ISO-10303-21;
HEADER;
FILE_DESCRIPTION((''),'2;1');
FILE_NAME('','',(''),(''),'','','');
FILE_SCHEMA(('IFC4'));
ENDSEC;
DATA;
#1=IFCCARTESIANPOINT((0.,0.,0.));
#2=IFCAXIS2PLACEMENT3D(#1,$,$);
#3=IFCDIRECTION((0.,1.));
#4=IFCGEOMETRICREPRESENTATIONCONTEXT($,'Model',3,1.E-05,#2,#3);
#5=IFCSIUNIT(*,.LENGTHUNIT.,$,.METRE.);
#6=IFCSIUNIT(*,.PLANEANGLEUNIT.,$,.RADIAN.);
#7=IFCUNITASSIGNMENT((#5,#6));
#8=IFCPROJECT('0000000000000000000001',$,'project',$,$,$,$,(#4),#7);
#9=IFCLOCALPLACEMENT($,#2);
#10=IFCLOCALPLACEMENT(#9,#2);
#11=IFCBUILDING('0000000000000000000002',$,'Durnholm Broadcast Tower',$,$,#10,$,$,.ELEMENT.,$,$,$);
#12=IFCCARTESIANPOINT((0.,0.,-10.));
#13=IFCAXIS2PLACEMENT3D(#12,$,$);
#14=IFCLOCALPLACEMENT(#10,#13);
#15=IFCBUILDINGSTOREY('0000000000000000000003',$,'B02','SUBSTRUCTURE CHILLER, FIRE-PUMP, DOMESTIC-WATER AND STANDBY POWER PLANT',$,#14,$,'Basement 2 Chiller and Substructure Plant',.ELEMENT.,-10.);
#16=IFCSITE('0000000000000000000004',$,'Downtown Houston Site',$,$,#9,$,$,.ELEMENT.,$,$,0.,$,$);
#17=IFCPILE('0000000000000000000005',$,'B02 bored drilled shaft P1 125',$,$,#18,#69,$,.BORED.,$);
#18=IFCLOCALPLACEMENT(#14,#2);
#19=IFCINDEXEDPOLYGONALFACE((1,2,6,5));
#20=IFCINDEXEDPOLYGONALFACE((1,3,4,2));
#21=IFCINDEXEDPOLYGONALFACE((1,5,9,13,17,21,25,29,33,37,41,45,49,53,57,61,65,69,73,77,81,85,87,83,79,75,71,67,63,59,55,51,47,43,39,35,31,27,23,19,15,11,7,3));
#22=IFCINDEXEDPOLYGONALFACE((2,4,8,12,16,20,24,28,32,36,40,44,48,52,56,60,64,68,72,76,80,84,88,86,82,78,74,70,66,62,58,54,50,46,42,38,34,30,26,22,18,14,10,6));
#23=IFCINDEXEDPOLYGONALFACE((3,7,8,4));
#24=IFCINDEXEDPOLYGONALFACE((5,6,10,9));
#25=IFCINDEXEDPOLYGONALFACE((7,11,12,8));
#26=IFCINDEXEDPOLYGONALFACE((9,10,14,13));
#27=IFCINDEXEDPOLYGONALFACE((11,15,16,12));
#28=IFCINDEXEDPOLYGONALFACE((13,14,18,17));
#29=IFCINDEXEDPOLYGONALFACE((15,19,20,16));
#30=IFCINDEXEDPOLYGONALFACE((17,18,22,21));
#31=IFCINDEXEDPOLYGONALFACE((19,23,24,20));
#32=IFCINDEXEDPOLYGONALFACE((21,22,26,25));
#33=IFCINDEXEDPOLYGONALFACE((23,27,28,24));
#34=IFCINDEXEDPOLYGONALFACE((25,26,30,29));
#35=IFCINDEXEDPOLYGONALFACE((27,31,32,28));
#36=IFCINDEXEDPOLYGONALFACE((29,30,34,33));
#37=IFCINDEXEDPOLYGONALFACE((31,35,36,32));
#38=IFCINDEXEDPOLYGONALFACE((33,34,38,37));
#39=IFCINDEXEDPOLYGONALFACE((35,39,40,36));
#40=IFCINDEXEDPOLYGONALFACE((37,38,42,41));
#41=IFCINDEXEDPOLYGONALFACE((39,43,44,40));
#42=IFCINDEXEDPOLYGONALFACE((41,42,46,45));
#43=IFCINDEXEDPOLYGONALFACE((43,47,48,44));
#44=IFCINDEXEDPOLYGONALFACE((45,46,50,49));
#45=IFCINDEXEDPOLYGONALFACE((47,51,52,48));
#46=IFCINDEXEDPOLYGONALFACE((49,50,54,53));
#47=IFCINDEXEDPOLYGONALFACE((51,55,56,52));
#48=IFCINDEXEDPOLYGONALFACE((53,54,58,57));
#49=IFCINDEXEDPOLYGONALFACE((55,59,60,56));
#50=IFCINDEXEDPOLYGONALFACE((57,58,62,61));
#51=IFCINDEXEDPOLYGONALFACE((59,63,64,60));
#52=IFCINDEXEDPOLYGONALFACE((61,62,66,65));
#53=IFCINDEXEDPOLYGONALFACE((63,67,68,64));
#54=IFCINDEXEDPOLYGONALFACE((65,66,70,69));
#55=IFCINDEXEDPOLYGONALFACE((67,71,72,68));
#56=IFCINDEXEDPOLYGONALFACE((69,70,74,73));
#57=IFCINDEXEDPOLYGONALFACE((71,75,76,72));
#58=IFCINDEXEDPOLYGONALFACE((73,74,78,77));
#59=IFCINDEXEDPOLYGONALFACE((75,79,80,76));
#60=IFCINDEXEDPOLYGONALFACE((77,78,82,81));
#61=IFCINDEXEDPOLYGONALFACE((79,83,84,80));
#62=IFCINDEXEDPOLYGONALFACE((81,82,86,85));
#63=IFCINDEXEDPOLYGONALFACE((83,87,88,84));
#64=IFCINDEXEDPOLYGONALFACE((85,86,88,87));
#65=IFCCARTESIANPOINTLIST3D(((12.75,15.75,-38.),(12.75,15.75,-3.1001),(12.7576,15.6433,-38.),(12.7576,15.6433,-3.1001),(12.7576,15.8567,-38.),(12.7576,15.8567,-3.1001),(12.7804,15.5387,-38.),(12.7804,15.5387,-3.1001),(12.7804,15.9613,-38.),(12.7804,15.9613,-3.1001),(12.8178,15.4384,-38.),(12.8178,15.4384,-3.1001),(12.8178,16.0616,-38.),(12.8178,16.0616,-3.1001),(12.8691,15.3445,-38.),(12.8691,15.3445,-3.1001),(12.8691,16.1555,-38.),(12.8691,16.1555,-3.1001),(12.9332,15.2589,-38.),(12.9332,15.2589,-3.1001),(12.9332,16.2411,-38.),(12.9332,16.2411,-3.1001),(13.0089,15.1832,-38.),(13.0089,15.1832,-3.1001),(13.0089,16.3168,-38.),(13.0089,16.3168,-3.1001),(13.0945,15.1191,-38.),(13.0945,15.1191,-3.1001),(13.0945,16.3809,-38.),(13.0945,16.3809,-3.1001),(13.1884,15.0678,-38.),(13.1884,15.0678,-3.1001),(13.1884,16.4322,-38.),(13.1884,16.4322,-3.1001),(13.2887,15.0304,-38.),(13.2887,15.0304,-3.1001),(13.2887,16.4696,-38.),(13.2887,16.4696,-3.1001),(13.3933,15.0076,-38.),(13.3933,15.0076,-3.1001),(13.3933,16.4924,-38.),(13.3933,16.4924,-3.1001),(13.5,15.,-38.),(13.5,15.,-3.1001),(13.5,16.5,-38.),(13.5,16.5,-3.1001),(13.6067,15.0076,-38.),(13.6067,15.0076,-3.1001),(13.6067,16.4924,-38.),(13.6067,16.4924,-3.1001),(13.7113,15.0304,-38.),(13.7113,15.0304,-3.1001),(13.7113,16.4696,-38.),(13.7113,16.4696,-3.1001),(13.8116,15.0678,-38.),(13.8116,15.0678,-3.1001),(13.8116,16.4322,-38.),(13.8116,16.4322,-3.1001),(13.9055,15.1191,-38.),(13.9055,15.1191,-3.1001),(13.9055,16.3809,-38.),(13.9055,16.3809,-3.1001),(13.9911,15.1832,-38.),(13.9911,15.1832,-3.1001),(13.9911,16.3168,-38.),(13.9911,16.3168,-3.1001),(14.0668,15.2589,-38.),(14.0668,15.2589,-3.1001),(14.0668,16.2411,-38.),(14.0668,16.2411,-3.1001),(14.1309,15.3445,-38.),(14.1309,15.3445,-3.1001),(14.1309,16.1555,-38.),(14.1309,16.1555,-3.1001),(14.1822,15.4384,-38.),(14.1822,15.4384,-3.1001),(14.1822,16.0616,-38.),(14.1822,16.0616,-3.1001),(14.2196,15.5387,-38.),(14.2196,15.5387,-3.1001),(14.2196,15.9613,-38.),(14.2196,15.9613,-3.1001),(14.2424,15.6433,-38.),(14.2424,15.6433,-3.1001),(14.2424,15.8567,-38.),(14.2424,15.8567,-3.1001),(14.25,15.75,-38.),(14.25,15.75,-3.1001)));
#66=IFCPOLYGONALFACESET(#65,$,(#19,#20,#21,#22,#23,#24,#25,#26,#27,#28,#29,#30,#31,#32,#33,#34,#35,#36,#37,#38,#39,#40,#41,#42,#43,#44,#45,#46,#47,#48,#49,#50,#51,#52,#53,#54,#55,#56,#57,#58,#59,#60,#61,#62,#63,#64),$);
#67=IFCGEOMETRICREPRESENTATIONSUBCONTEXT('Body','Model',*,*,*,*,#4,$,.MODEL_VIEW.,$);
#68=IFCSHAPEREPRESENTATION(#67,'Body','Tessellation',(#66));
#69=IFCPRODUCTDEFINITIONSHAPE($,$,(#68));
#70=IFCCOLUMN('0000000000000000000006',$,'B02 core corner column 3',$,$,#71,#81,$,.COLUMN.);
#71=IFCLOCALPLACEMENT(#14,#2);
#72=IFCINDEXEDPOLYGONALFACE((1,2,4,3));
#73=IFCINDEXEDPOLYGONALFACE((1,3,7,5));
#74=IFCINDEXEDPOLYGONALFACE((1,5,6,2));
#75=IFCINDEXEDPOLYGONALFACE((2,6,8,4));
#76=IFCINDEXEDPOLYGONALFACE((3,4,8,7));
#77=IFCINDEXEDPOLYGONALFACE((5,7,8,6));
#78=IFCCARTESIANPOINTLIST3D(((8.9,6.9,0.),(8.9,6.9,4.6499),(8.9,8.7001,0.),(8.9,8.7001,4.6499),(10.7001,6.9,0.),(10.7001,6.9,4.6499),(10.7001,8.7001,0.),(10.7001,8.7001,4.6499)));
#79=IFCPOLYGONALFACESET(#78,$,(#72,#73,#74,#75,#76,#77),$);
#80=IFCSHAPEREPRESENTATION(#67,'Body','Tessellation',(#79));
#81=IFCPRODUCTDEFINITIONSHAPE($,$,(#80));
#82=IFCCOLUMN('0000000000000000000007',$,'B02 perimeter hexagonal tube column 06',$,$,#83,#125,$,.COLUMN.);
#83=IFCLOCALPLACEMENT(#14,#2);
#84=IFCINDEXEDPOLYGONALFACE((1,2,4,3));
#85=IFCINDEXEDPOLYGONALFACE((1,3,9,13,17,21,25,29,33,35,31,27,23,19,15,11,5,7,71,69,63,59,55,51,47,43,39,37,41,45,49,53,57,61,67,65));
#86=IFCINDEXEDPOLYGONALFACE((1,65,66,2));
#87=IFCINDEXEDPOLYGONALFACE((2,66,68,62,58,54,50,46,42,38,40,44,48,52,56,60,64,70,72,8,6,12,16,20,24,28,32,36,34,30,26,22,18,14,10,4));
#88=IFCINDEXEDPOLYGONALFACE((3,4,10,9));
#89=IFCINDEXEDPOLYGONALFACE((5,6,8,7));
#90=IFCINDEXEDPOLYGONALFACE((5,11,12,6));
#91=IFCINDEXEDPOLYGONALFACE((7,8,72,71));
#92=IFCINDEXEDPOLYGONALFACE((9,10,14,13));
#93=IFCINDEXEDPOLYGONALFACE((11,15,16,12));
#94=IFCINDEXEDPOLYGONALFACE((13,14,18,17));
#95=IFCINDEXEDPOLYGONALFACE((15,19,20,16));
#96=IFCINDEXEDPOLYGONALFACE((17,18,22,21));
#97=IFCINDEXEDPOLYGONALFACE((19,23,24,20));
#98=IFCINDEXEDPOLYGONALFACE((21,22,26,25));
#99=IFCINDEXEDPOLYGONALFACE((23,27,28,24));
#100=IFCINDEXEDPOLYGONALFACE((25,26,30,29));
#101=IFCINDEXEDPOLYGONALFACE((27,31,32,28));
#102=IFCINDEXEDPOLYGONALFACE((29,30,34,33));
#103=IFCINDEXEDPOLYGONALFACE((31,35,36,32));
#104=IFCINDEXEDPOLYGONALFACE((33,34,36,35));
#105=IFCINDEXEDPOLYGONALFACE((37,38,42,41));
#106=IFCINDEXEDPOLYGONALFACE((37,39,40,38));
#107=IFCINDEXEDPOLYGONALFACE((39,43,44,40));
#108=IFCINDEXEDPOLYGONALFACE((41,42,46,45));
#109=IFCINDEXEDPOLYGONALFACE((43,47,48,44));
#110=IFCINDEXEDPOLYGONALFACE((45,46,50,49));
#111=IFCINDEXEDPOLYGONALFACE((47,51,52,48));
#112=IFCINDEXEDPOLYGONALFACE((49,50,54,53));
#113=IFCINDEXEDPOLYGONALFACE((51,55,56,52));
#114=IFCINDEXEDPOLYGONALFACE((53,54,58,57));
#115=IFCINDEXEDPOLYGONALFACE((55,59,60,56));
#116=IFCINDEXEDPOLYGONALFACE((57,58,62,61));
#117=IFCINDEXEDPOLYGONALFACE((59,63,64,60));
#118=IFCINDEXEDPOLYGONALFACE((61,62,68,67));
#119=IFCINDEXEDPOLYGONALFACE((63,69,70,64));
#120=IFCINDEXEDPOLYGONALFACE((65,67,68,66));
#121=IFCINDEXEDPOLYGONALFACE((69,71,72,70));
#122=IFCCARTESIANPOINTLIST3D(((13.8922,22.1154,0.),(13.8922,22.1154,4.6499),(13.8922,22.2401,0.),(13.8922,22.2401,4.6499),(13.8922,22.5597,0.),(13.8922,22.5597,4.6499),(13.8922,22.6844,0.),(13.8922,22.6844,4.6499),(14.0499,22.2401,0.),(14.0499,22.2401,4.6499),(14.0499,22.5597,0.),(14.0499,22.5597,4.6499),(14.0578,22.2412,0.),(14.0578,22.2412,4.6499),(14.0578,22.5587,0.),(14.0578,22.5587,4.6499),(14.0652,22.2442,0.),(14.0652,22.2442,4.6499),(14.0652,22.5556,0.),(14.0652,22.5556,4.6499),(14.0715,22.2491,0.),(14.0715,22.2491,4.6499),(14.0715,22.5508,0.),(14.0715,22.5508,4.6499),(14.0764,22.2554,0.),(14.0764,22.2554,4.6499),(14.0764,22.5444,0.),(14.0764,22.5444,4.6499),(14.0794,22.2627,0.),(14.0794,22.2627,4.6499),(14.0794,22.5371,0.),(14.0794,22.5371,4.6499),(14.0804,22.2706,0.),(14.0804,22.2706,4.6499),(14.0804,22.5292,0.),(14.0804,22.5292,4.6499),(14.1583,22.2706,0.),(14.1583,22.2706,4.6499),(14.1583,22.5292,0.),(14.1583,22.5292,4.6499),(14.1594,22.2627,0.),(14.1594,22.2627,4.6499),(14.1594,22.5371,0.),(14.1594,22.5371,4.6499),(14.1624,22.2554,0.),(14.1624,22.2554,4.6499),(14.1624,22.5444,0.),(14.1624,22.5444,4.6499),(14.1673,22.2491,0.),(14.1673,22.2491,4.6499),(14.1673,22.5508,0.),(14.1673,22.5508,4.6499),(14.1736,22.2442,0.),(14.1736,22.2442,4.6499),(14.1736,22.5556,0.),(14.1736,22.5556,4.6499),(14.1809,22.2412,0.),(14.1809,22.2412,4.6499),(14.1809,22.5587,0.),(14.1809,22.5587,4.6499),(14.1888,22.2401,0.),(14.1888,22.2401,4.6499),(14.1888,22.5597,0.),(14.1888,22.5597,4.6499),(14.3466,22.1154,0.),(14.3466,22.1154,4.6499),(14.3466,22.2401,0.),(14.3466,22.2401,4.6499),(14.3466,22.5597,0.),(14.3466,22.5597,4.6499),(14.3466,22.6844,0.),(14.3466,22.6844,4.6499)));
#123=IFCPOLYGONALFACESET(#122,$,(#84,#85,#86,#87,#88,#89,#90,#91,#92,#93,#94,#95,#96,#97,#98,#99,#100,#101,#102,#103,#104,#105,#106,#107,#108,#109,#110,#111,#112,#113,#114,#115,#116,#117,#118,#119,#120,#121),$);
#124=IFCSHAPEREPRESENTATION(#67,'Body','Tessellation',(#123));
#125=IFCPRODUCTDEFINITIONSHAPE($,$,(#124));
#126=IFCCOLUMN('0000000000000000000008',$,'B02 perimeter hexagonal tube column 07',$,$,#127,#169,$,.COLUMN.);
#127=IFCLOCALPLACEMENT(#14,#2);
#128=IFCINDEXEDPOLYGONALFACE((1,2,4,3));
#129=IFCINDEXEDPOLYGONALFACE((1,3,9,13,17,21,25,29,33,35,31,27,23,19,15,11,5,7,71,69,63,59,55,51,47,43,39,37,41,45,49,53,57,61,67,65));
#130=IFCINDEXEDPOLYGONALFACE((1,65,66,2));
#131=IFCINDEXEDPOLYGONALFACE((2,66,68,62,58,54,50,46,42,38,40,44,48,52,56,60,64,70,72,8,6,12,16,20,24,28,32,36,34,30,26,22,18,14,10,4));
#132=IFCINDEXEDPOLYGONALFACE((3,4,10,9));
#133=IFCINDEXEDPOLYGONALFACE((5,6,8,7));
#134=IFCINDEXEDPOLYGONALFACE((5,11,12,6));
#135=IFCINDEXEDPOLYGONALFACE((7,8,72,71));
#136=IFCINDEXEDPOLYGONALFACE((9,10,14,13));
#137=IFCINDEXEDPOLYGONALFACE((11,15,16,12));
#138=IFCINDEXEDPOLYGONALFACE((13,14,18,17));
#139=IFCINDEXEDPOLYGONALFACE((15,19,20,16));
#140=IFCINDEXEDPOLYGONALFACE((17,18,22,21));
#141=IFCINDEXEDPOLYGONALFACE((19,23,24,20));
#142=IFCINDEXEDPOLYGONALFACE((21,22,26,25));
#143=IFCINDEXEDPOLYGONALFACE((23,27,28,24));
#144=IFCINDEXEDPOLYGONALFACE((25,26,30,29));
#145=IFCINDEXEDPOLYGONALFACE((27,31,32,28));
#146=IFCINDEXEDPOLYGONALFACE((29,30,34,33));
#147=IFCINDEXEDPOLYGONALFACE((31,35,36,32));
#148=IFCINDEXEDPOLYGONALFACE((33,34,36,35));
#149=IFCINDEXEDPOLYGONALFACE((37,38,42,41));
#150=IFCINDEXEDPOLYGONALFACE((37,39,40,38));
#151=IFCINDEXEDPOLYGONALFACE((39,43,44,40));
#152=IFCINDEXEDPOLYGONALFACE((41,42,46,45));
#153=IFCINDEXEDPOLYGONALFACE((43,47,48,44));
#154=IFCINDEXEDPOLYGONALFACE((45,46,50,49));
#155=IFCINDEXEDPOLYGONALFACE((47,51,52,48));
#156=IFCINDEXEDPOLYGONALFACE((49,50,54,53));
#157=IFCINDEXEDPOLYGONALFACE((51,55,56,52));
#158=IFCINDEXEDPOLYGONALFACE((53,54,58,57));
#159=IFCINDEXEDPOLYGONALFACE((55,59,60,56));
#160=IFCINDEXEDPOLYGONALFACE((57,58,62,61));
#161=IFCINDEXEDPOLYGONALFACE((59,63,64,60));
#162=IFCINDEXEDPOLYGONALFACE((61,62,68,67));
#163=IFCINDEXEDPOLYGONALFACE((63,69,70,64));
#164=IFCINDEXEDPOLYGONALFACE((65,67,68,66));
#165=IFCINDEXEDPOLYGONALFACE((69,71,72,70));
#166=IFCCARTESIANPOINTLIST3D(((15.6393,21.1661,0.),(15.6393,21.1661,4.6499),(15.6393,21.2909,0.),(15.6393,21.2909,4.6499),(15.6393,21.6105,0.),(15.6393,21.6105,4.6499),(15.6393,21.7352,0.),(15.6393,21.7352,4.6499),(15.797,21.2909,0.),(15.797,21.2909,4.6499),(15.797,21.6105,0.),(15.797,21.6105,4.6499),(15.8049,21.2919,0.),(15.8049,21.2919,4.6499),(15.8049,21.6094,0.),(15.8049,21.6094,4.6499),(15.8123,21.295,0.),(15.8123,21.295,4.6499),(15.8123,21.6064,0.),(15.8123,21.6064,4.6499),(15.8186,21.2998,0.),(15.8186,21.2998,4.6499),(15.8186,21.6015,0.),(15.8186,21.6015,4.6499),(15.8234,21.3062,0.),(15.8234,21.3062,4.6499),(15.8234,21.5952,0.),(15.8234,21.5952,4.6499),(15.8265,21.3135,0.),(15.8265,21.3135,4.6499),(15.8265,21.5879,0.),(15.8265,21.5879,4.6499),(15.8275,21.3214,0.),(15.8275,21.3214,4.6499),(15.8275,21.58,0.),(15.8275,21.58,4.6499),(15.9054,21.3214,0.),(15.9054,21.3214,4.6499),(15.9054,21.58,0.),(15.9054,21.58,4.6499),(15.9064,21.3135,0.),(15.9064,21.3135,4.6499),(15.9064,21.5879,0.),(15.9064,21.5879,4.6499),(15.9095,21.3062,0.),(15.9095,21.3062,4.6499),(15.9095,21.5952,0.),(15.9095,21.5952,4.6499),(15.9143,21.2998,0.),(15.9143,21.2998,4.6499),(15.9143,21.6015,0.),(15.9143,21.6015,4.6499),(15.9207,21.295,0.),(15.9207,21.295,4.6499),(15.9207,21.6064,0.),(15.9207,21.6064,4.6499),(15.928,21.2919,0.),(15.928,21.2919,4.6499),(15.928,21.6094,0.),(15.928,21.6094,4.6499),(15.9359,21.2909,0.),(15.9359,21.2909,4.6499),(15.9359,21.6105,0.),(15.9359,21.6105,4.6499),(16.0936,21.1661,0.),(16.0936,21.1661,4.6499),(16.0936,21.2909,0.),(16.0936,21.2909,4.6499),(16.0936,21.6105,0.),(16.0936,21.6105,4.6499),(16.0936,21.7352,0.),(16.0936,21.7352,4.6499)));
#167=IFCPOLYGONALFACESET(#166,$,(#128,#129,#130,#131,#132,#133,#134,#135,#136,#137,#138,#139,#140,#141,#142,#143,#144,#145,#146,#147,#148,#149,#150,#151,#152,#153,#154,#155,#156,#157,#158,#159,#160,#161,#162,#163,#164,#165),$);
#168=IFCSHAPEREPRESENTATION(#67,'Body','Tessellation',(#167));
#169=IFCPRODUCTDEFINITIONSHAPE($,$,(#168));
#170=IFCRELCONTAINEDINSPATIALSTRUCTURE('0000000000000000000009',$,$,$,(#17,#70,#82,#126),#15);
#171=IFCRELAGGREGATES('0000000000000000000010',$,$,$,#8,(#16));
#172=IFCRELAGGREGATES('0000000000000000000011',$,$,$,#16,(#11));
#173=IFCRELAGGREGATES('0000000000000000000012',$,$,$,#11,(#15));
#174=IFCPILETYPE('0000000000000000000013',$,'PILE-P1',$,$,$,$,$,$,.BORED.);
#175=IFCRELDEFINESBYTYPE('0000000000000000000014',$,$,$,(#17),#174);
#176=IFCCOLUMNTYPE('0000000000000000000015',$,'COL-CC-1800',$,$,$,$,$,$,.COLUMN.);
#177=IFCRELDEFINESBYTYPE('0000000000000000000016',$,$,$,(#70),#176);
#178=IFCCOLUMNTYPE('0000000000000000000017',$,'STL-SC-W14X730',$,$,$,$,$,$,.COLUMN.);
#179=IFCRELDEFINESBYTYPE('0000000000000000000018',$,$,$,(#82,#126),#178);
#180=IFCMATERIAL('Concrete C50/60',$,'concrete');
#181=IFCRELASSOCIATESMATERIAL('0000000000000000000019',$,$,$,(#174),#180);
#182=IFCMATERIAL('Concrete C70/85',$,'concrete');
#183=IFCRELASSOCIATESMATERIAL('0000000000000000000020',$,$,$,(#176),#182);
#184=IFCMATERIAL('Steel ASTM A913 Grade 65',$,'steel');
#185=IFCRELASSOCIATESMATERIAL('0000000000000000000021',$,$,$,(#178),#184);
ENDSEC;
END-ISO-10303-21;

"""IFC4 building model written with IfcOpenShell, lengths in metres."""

from ifc_helpers import new_model, si_unit, direction, frame, origin, origin_2d, place, context, subcontext, project, spatial, rectangle, circle, i_section, extrude, source, transform, mapped, material, material_profile, profile_set, type_object, type_shapes, element, save


model = new_model("IFC4")

# Units and contexts
model_context = context("Model", 3, precision=1e-05, world=origin(), true_north=direction((0.0, 1.0)))
body_context = subcontext(model_context, "Body", "Model", "MODEL_VIEW")
ifc_project = project(units=[si_unit("LENGTHUNIT", "METRE"), si_unit("PLANEANGLEUNIT", "RADIAN")], contexts=[model_context])

# Site, building, storey
site_placement = place(None, origin())
site = spatial("IfcSite", under=ifc_project, at=site_placement, Name="Downtown Houston Site", CompositionType="ELEMENT", RefElevation=0.0)
building_placement = place(site_placement, origin())
building = spatial("IfcBuilding", under=site, at=building_placement, Name="Durnholm Broadcast Tower", CompositionType="ELEMENT")
storey_placement = place(building_placement, frame((0.0, 0.0, -10.0)))
storey = spatial("IfcBuildingStorey", under=building, at=storey_placement, Name="B02", Description="SUBSTRUCTURE CHILLER, FIRE-PUMP, DOMESTIC-WATER AND STANDBY POWER PLANT", LongName="Basement 2 Chiller and Substructure Plant", CompositionType="ELEMENT", Elevation=-10.0)

# Pile
ifc_material_1 = material(Name="Concrete C50/60", Category="concrete")
ifc_material_profile_1 = material_profile(ifc_material_1, circle(Radius=0.75, at=origin_2d()), Name="PILE1500")
ifc_profile_set_1 = profile_set([ifc_material_profile_1], Name="Concrete C50/60")
pile_type_1 = type_object("IfcPileType", Name="PILE-P1", PredefinedType="BORED", material=ifc_profile_set_1)
shared_shape_1 = source(origin(), body_context, "Body", "SweptSolid", [
    extrude(circle(Radius=0.75, at=origin_2d()), origin(), (0.0, 0.0, 1.0), 34.8999),
])
type_shapes(pile_type_1, [shared_shape_1])
for number, where, z_axis, x_axis, name in (
    (1, (13.5, 15.75, -3.1001), (0.0, 0.0, -1.0), (1.0, 0.0, 0.0), "B02 bored drilled shaft P1 125"),
):
    element("IfcPile", number, at=place(storey_placement, frame(where, z_axis=z_axis, x_axis=x_axis)), inside=storey, type_object=pile_type_1, Name=name, PredefinedType="BORED", context=body_context, shape_type="MappedRepresentation", body=[
        mapped(shared_shape_1, transform((0.0, 0.0, 0.0), x_axis=(1.0, 0.0, 0.0), y_axis=(0.0, 1.0, 0.0), z_axis=(0.0, 0.0, 1.0), scale=1.0)),
    ])

# Columns
ifc_material_2 = material(Name="Concrete C70/85", Category="concrete")
ifc_material_profile_2 = material_profile(ifc_material_2, rectangle(XDim=1.8, YDim=1.8, at=origin_2d()), Name="RC1800X1800")
ifc_profile_set_2 = profile_set([ifc_material_profile_2], Name="Concrete C70/85")
column_type_1 = type_object("IfcColumnType", Name="COL-CC-1800", PredefinedType="COLUMN", material=ifc_profile_set_2)
shared_shape_2 = source(origin(), body_context, "Body", "SweptSolid", [
    extrude(rectangle(XDim=1.8, YDim=1.8, at=origin_2d()), origin(), (0.0, 0.0, 1.0), 4.6499),
])
type_shapes(column_type_1, [shared_shape_2])
column_placement = place(storey_placement, frame((9.8, 7.8, 0.0), z_axis=(0.0, 0.0, 1.0), x_axis=(1.0, 0.0, 0.0)))
element("IfcColumn", 2, at=column_placement, inside=storey, type_object=column_type_1, Name="B02 core corner column 3", PredefinedType="COLUMN", context=body_context, shape_type="MappedRepresentation", body=[
    mapped(shared_shape_2, transform((0.0, 0.0, 0.0), x_axis=(1.0, 0.0, 0.0), y_axis=(0.0, 1.0, 0.0), z_axis=(0.0, 0.0, 1.0), scale=1.0)),
])
ifc_material_3 = material(Name="Steel ASTM A913 Grade 65", Category="steel")
ifc_material_profile_3 = material_profile(ifc_material_3, i_section(OverallWidth=0.4543, OverallDepth=0.5691, WebThickness=0.0779, FlangeThickness=0.1248, FilletRadius=0.0305, at=origin_2d()), Name="W14X730")
ifc_profile_set_3 = profile_set([ifc_material_profile_3], Name="Steel ASTM A913 Grade 65")
column_type_2 = type_object("IfcColumnType", Name="STL-SC-W14X730", PredefinedType="COLUMN", material=ifc_profile_set_3)
shared_shape_3 = source(origin(), body_context, "Body", "SweptSolid", [
    extrude(i_section(OverallWidth=0.4543, OverallDepth=0.5691, WebThickness=0.0779, FlangeThickness=0.1248, FilletRadius=0.0305, at=origin_2d()), origin(), (0.0, 0.0, 1.0), 4.6499),
])
type_shapes(column_type_2, [shared_shape_3])
for number, where, z_axis, x_axis, name in (
    (3, (14.1194, 22.3999, 0.0), (0.0, 0.0, 1.0), (1.0, 0.0, 0.0), "B02 perimeter hexagonal tube column 06"),
    (4, (15.8665, 21.4507, 0.0), (0.0, 0.0, 1.0), (1.0, 0.0, 0.0), "B02 perimeter hexagonal tube column 07"),
):
    element("IfcColumn", number, at=place(storey_placement, frame(where, z_axis=z_axis, x_axis=x_axis)), inside=storey, type_object=column_type_2, Name=name, PredefinedType="COLUMN", context=body_context, shape_type="MappedRepresentation", body=[
        mapped(shared_shape_3, transform((0.0, 0.0, 0.0), x_axis=(1.0, 0.0, 0.0), y_axis=(0.0, 1.0, 0.0), z_axis=(0.0, 0.0, 1.0), scale=1.0)),
    ])

save(model, "model.ifc")
